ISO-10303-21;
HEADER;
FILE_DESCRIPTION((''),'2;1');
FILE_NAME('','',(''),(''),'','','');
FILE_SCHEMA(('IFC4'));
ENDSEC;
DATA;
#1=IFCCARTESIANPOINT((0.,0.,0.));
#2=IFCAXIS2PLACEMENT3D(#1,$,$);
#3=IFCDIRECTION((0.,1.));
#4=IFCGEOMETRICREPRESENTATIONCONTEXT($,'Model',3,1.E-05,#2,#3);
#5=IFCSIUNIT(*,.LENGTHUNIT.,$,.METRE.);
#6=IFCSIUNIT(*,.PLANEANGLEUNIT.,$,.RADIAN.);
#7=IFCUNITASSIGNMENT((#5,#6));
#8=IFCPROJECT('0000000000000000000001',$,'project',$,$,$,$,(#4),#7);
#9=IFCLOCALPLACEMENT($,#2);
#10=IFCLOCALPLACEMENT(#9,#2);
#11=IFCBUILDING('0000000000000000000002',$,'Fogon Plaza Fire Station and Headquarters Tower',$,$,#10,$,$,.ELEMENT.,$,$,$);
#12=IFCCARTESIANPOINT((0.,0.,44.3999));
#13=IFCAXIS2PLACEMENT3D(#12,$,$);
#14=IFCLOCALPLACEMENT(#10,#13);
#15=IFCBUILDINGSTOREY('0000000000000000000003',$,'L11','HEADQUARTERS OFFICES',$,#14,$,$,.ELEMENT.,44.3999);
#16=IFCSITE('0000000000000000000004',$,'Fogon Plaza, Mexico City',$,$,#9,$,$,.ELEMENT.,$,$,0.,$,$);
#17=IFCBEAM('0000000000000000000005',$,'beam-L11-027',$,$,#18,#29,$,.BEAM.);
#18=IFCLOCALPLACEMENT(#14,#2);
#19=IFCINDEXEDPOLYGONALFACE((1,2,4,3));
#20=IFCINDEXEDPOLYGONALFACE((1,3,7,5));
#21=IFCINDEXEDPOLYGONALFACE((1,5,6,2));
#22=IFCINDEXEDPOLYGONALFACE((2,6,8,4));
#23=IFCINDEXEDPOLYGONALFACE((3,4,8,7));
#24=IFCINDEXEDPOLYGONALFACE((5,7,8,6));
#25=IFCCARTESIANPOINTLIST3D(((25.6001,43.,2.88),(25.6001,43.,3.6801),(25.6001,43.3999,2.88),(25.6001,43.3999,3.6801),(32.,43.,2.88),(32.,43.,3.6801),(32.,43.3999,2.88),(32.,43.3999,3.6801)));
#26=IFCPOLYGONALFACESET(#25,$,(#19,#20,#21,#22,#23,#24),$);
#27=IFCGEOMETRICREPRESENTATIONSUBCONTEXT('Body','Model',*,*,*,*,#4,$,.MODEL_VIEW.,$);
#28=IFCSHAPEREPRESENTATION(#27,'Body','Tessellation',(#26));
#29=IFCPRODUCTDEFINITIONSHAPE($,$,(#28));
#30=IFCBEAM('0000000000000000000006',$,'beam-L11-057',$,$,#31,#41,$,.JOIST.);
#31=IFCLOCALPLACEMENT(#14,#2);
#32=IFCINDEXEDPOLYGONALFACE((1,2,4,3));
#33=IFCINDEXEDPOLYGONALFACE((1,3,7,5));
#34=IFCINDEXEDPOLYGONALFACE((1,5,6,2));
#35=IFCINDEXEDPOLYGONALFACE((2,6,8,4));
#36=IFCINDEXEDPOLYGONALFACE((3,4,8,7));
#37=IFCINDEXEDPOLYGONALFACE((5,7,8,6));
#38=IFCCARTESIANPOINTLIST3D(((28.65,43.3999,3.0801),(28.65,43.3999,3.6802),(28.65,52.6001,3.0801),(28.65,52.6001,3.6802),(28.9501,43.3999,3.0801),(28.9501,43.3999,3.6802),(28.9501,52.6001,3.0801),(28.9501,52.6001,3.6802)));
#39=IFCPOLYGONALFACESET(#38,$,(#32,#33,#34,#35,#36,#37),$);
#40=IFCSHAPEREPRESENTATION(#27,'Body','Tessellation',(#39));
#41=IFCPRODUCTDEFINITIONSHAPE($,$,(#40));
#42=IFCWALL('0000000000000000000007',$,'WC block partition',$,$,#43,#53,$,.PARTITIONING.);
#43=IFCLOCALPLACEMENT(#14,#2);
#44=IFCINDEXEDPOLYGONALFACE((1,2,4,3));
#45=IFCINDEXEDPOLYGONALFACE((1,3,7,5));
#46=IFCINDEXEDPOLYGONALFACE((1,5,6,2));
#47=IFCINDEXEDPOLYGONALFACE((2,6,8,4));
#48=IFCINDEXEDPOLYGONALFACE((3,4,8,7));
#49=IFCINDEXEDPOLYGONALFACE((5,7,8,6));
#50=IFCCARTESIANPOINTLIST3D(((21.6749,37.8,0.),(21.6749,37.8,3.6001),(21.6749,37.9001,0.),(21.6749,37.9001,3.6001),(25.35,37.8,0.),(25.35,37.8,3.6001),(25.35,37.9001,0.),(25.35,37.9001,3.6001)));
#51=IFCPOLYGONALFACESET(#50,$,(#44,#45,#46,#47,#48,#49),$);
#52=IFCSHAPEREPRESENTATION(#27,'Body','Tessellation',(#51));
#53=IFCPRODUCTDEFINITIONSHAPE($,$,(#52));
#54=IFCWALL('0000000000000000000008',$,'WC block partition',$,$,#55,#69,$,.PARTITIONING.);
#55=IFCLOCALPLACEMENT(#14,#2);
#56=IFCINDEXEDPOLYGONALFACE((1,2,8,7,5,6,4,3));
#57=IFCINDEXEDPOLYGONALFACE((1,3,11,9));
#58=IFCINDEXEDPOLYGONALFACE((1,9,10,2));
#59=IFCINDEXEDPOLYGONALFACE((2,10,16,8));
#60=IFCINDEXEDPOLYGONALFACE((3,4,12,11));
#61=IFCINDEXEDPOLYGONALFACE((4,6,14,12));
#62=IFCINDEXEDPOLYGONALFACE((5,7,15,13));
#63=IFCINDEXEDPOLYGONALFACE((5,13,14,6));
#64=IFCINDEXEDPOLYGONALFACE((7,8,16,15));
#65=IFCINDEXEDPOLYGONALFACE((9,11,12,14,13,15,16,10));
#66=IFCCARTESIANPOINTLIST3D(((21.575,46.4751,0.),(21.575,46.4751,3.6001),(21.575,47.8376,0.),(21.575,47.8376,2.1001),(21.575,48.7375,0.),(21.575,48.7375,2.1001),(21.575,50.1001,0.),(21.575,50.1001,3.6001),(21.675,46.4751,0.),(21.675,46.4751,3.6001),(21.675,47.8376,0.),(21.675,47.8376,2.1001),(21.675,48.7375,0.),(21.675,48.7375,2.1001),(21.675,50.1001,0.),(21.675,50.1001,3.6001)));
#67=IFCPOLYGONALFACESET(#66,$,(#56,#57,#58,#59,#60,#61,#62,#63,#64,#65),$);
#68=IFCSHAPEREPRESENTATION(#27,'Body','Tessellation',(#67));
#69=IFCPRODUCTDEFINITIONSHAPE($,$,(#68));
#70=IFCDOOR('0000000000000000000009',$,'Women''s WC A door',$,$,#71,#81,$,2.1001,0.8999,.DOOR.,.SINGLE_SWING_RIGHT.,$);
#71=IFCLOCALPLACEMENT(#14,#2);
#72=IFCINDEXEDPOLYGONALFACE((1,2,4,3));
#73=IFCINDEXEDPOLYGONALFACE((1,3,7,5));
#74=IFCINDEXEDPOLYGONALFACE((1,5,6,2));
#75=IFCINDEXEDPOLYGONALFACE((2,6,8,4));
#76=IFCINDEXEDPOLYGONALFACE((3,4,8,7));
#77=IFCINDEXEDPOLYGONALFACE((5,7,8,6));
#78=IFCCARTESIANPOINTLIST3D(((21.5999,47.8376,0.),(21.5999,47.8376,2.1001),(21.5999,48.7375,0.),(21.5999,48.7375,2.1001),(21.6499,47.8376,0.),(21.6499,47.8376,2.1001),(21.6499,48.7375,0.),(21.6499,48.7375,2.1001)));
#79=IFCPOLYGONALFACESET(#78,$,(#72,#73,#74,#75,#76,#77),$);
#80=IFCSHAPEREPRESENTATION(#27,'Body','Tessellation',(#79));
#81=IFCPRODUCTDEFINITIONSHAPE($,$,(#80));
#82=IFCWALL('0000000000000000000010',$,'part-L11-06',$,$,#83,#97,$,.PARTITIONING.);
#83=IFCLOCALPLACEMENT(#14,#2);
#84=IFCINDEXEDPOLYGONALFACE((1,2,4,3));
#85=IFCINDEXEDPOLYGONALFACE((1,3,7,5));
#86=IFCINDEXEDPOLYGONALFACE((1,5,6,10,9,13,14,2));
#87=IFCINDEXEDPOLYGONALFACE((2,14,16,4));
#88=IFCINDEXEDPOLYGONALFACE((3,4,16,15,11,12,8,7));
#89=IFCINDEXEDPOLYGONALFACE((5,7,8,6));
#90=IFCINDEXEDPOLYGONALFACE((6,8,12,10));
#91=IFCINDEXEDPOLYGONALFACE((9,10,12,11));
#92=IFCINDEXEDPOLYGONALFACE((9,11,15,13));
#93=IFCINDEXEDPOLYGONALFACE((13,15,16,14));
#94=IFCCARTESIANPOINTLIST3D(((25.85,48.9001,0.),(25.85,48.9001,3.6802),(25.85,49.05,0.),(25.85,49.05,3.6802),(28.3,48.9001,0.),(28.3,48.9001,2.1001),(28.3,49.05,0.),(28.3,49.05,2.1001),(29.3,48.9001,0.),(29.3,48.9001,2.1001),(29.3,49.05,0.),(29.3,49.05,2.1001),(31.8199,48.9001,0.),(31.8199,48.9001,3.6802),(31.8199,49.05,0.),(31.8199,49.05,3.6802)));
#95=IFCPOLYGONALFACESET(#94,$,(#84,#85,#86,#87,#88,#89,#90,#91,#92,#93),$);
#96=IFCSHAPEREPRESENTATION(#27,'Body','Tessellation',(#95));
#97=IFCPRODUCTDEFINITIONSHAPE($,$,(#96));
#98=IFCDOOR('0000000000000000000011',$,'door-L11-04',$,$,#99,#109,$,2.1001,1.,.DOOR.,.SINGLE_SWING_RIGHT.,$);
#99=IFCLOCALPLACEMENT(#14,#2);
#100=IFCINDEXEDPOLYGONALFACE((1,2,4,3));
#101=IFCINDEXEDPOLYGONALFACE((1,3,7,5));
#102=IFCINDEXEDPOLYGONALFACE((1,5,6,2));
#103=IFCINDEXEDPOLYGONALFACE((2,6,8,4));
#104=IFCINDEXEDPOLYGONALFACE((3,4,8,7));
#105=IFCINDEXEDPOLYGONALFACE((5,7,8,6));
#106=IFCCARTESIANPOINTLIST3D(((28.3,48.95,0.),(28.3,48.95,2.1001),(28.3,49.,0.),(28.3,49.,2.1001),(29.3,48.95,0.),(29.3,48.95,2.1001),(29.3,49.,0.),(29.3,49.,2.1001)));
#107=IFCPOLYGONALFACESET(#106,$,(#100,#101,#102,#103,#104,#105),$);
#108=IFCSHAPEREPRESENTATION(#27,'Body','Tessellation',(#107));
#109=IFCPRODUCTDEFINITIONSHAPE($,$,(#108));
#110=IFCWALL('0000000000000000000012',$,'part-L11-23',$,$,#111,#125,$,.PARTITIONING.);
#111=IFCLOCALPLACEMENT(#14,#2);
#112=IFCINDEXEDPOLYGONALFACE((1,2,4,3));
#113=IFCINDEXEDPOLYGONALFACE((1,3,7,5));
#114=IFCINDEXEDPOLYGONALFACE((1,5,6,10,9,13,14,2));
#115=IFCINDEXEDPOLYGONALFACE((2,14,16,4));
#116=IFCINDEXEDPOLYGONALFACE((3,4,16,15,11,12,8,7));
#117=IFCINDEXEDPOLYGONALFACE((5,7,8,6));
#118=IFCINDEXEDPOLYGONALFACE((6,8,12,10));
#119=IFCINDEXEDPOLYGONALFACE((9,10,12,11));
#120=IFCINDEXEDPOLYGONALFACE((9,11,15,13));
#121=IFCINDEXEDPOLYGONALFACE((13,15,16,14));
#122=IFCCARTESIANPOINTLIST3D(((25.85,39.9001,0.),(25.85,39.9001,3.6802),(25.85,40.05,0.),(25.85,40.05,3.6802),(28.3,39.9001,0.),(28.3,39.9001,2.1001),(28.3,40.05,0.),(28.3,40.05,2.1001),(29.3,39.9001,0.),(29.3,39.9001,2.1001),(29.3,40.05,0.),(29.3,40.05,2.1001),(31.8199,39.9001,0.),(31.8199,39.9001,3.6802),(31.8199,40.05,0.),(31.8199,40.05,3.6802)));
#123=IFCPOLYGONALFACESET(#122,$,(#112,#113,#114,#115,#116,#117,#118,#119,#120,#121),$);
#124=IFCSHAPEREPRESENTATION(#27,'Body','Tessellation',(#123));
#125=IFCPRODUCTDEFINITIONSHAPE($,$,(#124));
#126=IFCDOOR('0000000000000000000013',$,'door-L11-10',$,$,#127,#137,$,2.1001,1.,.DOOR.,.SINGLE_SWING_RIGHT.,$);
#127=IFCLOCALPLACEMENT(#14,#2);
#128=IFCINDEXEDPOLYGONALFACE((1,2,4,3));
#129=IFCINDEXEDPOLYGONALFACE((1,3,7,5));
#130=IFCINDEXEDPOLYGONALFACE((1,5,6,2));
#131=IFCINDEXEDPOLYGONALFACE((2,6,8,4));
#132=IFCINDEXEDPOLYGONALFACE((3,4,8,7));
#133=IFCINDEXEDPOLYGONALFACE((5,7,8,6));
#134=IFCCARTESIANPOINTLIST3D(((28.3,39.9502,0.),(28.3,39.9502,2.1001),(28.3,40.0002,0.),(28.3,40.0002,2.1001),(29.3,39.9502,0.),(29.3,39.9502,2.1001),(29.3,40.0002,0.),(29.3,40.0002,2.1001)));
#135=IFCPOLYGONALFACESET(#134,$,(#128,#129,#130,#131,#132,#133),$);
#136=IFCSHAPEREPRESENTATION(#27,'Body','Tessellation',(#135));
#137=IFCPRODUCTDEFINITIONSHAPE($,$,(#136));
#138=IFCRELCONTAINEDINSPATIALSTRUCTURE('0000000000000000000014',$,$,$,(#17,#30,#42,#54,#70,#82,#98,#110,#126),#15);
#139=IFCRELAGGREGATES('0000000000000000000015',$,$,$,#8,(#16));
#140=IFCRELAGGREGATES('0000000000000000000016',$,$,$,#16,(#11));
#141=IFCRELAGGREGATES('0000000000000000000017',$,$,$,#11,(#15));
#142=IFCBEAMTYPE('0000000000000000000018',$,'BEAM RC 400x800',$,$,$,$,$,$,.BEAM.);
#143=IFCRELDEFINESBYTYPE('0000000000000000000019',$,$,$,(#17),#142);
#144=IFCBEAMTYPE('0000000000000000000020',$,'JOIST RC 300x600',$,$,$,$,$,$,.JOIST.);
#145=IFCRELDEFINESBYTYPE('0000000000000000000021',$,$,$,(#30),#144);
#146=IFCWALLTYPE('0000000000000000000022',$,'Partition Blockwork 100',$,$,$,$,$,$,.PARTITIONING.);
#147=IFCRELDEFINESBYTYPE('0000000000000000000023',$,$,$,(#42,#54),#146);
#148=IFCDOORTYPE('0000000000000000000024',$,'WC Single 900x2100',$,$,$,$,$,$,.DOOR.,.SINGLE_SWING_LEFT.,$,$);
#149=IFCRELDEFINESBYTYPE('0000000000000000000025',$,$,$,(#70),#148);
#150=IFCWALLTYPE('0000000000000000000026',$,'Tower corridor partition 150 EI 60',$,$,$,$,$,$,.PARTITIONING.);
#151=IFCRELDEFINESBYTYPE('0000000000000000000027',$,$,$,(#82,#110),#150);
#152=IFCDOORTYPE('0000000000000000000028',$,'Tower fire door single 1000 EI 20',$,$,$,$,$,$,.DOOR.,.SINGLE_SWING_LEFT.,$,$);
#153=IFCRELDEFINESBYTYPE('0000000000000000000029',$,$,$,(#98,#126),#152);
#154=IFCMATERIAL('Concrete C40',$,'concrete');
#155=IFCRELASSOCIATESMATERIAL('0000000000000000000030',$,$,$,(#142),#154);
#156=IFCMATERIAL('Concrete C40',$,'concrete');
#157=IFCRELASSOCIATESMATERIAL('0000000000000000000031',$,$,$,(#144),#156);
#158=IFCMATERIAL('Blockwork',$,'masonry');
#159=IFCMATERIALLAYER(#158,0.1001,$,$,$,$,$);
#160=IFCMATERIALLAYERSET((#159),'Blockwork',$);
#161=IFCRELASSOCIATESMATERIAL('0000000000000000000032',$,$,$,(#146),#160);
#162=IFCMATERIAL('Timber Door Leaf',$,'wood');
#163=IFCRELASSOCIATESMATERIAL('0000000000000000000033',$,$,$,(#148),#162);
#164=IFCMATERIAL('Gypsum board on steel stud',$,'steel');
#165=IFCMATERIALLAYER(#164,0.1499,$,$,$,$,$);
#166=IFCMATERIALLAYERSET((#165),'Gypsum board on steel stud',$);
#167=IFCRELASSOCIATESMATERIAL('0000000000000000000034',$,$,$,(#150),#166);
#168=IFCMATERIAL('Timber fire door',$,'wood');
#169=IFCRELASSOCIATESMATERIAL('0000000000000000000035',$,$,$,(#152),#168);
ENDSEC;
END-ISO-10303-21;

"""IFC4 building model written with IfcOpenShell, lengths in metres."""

from ifc_helpers import new_model, si_unit, direction, frame, frame_2d, origin, origin_2d, place, context, subcontext, project, spatial, rectangle, extrude, material, layer, layer_set, material_profile, profile_set, type_object, element, fill, save


model = new_model("IFC4")

# Units and contexts
model_context = context("Model", 3, precision=1e-05, world=origin(), true_north=direction((0.0, 1.0)))
body_context = subcontext(model_context, "Body", "Model", "MODEL_VIEW")
ifc_project = project(units=[si_unit("LENGTHUNIT", "METRE"), si_unit("PLANEANGLEUNIT", "RADIAN")], contexts=[model_context])

# Site, building, storey
site_placement = place(None, origin())
site = spatial("IfcSite", under=ifc_project, at=site_placement, Name="Fogon Plaza, Mexico City", CompositionType="ELEMENT", RefElevation=0.0)
building_placement = place(site_placement, origin())
building = spatial("IfcBuilding", under=site, at=building_placement, Name="Fogon Plaza Fire Station and Headquarters Tower", CompositionType="ELEMENT")
storey_placement = place(building_placement, frame((0.0, 0.0, 44.3999)))
storey = spatial("IfcBuildingStorey", under=building, at=storey_placement, Name="L11", Description="HEADQUARTERS OFFICES", CompositionType="ELEMENT", Elevation=44.3999)

# Beams
ifc_material_1 = material(Name="Concrete C40", Category="concrete")
ifc_material_profile_1 = material_profile(ifc_material_1, rectangle(XDim=0.3999, YDim=0.8, at=origin_2d()), Name="RC 400x800")
ifc_profile_set_1 = profile_set([ifc_material_profile_1], Name="Concrete C40")
beam_type_1 = type_object("IfcBeamType", Name="BEAM RC 400x800", PredefinedType="BEAM", material=ifc_profile_set_1)
beam_1_placement = place(storey_placement, frame((25.6001, 43.2, 3.28), z_axis=(1.0, 0.0, 0.0), x_axis=(0.0, 1.0, 0.0)))
element("IfcBeam", 1, at=beam_1_placement, inside=storey, type_object=beam_type_1, Name="beam-L11-027", PredefinedType="BEAM", context=body_context, shape_type="SweptSolid", body=[
    extrude(rectangle(XDim=0.3999, YDim=0.8, at=origin_2d()), origin(), (0.0, 0.0, 1.0), 6.3999),
])
ifc_material_2 = material(Name="Concrete C40", Category="concrete")
ifc_material_profile_2 = material_profile(ifc_material_2, rectangle(XDim=0.3, YDim=0.6001, at=origin_2d()), Name="RC 300x600")
ifc_profile_set_2 = profile_set([ifc_material_profile_2], Name="Concrete C40")
beam_type_2 = type_object("IfcBeamType", Name="JOIST RC 300x600", PredefinedType="JOIST", material=ifc_profile_set_2)
beam_2_placement = place(storey_placement, frame((28.8, 43.3999, 3.3801), z_axis=(0.0, 1.0, 0.0), x_axis=(-1.0, 0.0, 0.0)))
element("IfcBeam", 2, at=beam_2_placement, inside=storey, type_object=beam_type_2, Name="beam-L11-057", PredefinedType="JOIST", context=body_context, shape_type="SweptSolid", body=[
    extrude(rectangle(XDim=0.3, YDim=0.6001, at=origin_2d()), origin(), (0.0, 0.0, 1.0), 9.2002),
])

# Wall
ifc_material_3 = material(Name="Blockwork", Category="masonry")
ifc_layer_1 = layer(ifc_material_3, 0.1001)
ifc_layer_set_1 = layer_set([ifc_layer_1], Name="Blockwork")
wall_type_1 = type_object("IfcWallType", Name="Partition Blockwork 100", PredefinedType="PARTITIONING", material=ifc_layer_set_1)
wall_1_placement = place(storey_placement, frame((21.675, 37.8501, 0.0), z_axis=(0.0, 0.0, 1.0), x_axis=(1.0, 0.0, 0.0)))
element("IfcWall", 3, at=wall_1_placement, inside=storey, type_object=wall_type_1, Name="WC block partition", PredefinedType="PARTITIONING", context=body_context, shape_type="SweptSolid", body=[
    extrude(rectangle(XDim=3.675, YDim=0.1001, at=frame_2d((1.8374, 0.0))), origin(), (0.0, 0.0, 1.0), 3.6001),
])

# Walls, openings, doors
wall_2_placement = place(storey_placement, frame((21.625, 46.4751, 0.0), z_axis=(0.0, 0.0, 1.0), x_axis=(0.0, 1.0, 0.0)))
wall_2 = element("IfcWall", 4, at=wall_2_placement, inside=storey, type_object=wall_type_1, Name="WC block partition", PredefinedType="PARTITIONING", context=body_context, shape_type="SweptSolid", body=[
    extrude(rectangle(XDim=3.625, YDim=0.1001, at=frame_2d((1.8125, 0.0))), origin(), (0.0, 0.0, 1.0), 3.6001),
])
opening_1_placement = place(wall_2_placement, frame((1.3625, 0.0, 0.0)))
opening_1 = element("IfcOpeningElement", 5, at=opening_1_placement, cuts=wall_2, PredefinedType="OPENING", context=body_context, shape_type="SweptSolid", body=[
    extrude(rectangle(XDim=0.8999, YDim=2.1001, at=frame_2d((0.45, 1.05))), frame((0.0, 0.0601, 0.0), z_axis=(0.0, -1.0, 0.0), x_axis=(1.0, 0.0, 0.0)), (0.0, 0.0, 1.0), 0.1201),
])
ifc_material_4 = material(Name="Timber Door Leaf", Category="wood")
door_type_1 = type_object("IfcDoorType", Name="WC Single 900x2100", OperationType="SINGLE_SWING_LEFT", PredefinedType="DOOR", material=ifc_material_4)
door_1_placement = place(opening_1_placement, frame((0.8999, 0.0, 0.0), z_axis=(0.0, 0.0, 1.0), x_axis=(-1.0, 0.0, 0.0)))
door_1 = element("IfcDoor", 6, at=door_1_placement, inside=storey, type_object=door_type_1, Name="Women's WC A door", OperationType="SINGLE_SWING_RIGHT", OverallHeight=2.1001, OverallWidth=0.8999, PredefinedType="DOOR", context=body_context, shape_type="SweptSolid", body=[
    extrude(rectangle(XDim=0.8999, YDim=2.1001, at=frame_2d((0.45, 1.05))), frame((0.0, 0.0249, 0.0), z_axis=(0.0, -1.0, 0.0), x_axis=(1.0, 0.0, 0.0)), (0.0, 0.0, 1.0), 0.05),
])
fill(opening_1, door_1)
ifc_material_5 = material(Name="Gypsum board on steel stud", Category="steel")
ifc_layer_2 = layer(ifc_material_5, 0.1499)
ifc_layer_set_2 = layer_set([ifc_layer_2], Name="Gypsum board on steel stud")
wall_type_2 = type_object("IfcWallType", Name="Tower corridor partition 150 EI 60", PredefinedType="PARTITIONING", material=ifc_layer_set_2)
wall_3_placement = place(storey_placement, frame((25.8501, 48.9751, 0.0), z_axis=(0.0, 0.0, 1.0), x_axis=(1.0, 0.0, 0.0)))
wall_3 = element("IfcWall", 7, at=wall_3_placement, inside=storey, type_object=wall_type_2, Name="part-L11-06", PredefinedType="PARTITIONING", context=body_context, shape_type="SweptSolid", body=[
    extrude(rectangle(XDim=5.97, YDim=0.1499, at=frame_2d((2.9849, 0.0))), origin(), (0.0, 0.0, 1.0), 3.6802),
])
opening_2_placement = place(wall_3_placement, frame((2.45, 0.0, 0.0)))
opening_2 = element("IfcOpeningElement", 8, at=opening_2_placement, cuts=wall_3, PredefinedType="OPENING", context=body_context, shape_type="SweptSolid", body=[
    extrude(rectangle(XDim=1.0, YDim=2.1001, at=frame_2d((0.5, 1.05))), frame((0.0, 0.085, 0.0), z_axis=(0.0, -1.0, 0.0), x_axis=(1.0, 0.0, 0.0)), (0.0, 0.0, 1.0), 0.1699),
])
ifc_material_6 = material(Name="Timber fire door", Category="wood")
door_type_2 = type_object("IfcDoorType", Name="Tower fire door single 1000 EI 20", OperationType="SINGLE_SWING_LEFT", PredefinedType="DOOR", material=ifc_material_6)
door_2_placement = place(opening_2_placement, origin())
door_2 = element("IfcDoor", 9, at=door_2_placement, inside=storey, type_object=door_type_2, Name="door-L11-04", OperationType="SINGLE_SWING_RIGHT", OverallHeight=2.1001, OverallWidth=1.0, PredefinedType="DOOR", context=body_context, shape_type="SweptSolid", body=[
    extrude(rectangle(XDim=1.0, YDim=2.1001, at=frame_2d((0.5, 1.05))), frame((0.0, 0.0249, 0.0), z_axis=(0.0, -1.0, 0.0), x_axis=(1.0, 0.0, 0.0)), (0.0, 0.0, 1.0), 0.05),
])
fill(opening_2, door_2)
wall_4_placement = place(storey_placement, frame((25.8501, 39.9751, 0.0), z_axis=(0.0, 0.0, 1.0), x_axis=(1.0, 0.0, 0.0)))
wall_4 = element("IfcWall", 10, at=wall_4_placement, inside=storey, type_object=wall_type_2, Name="part-L11-23", PredefinedType="PARTITIONING", context=body_context, shape_type="SweptSolid", body=[
    extrude(rectangle(XDim=5.97, YDim=0.1499, at=frame_2d((2.9849, 0.0))), origin(), (0.0, 0.0, 1.0), 3.6802),
])
opening_3_placement = place(wall_4_placement, frame((2.45, 0.0, 0.0)))
opening_3 = element("IfcOpeningElement", 11, at=opening_3_placement, cuts=wall_4, PredefinedType="OPENING", context=body_context, shape_type="SweptSolid", body=[
    extrude(rectangle(XDim=1.0, YDim=2.1001, at=frame_2d((0.5, 1.05))), frame((0.0, 0.085, 0.0), z_axis=(0.0, -1.0, 0.0), x_axis=(1.0, 0.0, 0.0)), (0.0, 0.0, 1.0), 0.1699),
])
door_3_placement = place(opening_3_placement, frame((1.0, 0.0, 0.0), z_axis=(0.0, 0.0, 1.0), x_axis=(-1.0, 0.0, 0.0)))
door_3 = element("IfcDoor", 12, at=door_3_placement, inside=storey, type_object=door_type_2, Name="door-L11-10", OperationType="SINGLE_SWING_RIGHT", OverallHeight=2.1001, OverallWidth=1.0, PredefinedType="DOOR", context=body_context, shape_type="SweptSolid", body=[
    extrude(rectangle(XDim=1.0, YDim=2.1001, at=frame_2d((0.5, 1.05))), frame((0.0, 0.0249, 0.0), z_axis=(0.0, -1.0, 0.0), x_axis=(1.0, 0.0, 0.0)), (0.0, 0.0, 1.0), 0.05),
])
fill(opening_3, door_3)

save(model, "model.ifc")
